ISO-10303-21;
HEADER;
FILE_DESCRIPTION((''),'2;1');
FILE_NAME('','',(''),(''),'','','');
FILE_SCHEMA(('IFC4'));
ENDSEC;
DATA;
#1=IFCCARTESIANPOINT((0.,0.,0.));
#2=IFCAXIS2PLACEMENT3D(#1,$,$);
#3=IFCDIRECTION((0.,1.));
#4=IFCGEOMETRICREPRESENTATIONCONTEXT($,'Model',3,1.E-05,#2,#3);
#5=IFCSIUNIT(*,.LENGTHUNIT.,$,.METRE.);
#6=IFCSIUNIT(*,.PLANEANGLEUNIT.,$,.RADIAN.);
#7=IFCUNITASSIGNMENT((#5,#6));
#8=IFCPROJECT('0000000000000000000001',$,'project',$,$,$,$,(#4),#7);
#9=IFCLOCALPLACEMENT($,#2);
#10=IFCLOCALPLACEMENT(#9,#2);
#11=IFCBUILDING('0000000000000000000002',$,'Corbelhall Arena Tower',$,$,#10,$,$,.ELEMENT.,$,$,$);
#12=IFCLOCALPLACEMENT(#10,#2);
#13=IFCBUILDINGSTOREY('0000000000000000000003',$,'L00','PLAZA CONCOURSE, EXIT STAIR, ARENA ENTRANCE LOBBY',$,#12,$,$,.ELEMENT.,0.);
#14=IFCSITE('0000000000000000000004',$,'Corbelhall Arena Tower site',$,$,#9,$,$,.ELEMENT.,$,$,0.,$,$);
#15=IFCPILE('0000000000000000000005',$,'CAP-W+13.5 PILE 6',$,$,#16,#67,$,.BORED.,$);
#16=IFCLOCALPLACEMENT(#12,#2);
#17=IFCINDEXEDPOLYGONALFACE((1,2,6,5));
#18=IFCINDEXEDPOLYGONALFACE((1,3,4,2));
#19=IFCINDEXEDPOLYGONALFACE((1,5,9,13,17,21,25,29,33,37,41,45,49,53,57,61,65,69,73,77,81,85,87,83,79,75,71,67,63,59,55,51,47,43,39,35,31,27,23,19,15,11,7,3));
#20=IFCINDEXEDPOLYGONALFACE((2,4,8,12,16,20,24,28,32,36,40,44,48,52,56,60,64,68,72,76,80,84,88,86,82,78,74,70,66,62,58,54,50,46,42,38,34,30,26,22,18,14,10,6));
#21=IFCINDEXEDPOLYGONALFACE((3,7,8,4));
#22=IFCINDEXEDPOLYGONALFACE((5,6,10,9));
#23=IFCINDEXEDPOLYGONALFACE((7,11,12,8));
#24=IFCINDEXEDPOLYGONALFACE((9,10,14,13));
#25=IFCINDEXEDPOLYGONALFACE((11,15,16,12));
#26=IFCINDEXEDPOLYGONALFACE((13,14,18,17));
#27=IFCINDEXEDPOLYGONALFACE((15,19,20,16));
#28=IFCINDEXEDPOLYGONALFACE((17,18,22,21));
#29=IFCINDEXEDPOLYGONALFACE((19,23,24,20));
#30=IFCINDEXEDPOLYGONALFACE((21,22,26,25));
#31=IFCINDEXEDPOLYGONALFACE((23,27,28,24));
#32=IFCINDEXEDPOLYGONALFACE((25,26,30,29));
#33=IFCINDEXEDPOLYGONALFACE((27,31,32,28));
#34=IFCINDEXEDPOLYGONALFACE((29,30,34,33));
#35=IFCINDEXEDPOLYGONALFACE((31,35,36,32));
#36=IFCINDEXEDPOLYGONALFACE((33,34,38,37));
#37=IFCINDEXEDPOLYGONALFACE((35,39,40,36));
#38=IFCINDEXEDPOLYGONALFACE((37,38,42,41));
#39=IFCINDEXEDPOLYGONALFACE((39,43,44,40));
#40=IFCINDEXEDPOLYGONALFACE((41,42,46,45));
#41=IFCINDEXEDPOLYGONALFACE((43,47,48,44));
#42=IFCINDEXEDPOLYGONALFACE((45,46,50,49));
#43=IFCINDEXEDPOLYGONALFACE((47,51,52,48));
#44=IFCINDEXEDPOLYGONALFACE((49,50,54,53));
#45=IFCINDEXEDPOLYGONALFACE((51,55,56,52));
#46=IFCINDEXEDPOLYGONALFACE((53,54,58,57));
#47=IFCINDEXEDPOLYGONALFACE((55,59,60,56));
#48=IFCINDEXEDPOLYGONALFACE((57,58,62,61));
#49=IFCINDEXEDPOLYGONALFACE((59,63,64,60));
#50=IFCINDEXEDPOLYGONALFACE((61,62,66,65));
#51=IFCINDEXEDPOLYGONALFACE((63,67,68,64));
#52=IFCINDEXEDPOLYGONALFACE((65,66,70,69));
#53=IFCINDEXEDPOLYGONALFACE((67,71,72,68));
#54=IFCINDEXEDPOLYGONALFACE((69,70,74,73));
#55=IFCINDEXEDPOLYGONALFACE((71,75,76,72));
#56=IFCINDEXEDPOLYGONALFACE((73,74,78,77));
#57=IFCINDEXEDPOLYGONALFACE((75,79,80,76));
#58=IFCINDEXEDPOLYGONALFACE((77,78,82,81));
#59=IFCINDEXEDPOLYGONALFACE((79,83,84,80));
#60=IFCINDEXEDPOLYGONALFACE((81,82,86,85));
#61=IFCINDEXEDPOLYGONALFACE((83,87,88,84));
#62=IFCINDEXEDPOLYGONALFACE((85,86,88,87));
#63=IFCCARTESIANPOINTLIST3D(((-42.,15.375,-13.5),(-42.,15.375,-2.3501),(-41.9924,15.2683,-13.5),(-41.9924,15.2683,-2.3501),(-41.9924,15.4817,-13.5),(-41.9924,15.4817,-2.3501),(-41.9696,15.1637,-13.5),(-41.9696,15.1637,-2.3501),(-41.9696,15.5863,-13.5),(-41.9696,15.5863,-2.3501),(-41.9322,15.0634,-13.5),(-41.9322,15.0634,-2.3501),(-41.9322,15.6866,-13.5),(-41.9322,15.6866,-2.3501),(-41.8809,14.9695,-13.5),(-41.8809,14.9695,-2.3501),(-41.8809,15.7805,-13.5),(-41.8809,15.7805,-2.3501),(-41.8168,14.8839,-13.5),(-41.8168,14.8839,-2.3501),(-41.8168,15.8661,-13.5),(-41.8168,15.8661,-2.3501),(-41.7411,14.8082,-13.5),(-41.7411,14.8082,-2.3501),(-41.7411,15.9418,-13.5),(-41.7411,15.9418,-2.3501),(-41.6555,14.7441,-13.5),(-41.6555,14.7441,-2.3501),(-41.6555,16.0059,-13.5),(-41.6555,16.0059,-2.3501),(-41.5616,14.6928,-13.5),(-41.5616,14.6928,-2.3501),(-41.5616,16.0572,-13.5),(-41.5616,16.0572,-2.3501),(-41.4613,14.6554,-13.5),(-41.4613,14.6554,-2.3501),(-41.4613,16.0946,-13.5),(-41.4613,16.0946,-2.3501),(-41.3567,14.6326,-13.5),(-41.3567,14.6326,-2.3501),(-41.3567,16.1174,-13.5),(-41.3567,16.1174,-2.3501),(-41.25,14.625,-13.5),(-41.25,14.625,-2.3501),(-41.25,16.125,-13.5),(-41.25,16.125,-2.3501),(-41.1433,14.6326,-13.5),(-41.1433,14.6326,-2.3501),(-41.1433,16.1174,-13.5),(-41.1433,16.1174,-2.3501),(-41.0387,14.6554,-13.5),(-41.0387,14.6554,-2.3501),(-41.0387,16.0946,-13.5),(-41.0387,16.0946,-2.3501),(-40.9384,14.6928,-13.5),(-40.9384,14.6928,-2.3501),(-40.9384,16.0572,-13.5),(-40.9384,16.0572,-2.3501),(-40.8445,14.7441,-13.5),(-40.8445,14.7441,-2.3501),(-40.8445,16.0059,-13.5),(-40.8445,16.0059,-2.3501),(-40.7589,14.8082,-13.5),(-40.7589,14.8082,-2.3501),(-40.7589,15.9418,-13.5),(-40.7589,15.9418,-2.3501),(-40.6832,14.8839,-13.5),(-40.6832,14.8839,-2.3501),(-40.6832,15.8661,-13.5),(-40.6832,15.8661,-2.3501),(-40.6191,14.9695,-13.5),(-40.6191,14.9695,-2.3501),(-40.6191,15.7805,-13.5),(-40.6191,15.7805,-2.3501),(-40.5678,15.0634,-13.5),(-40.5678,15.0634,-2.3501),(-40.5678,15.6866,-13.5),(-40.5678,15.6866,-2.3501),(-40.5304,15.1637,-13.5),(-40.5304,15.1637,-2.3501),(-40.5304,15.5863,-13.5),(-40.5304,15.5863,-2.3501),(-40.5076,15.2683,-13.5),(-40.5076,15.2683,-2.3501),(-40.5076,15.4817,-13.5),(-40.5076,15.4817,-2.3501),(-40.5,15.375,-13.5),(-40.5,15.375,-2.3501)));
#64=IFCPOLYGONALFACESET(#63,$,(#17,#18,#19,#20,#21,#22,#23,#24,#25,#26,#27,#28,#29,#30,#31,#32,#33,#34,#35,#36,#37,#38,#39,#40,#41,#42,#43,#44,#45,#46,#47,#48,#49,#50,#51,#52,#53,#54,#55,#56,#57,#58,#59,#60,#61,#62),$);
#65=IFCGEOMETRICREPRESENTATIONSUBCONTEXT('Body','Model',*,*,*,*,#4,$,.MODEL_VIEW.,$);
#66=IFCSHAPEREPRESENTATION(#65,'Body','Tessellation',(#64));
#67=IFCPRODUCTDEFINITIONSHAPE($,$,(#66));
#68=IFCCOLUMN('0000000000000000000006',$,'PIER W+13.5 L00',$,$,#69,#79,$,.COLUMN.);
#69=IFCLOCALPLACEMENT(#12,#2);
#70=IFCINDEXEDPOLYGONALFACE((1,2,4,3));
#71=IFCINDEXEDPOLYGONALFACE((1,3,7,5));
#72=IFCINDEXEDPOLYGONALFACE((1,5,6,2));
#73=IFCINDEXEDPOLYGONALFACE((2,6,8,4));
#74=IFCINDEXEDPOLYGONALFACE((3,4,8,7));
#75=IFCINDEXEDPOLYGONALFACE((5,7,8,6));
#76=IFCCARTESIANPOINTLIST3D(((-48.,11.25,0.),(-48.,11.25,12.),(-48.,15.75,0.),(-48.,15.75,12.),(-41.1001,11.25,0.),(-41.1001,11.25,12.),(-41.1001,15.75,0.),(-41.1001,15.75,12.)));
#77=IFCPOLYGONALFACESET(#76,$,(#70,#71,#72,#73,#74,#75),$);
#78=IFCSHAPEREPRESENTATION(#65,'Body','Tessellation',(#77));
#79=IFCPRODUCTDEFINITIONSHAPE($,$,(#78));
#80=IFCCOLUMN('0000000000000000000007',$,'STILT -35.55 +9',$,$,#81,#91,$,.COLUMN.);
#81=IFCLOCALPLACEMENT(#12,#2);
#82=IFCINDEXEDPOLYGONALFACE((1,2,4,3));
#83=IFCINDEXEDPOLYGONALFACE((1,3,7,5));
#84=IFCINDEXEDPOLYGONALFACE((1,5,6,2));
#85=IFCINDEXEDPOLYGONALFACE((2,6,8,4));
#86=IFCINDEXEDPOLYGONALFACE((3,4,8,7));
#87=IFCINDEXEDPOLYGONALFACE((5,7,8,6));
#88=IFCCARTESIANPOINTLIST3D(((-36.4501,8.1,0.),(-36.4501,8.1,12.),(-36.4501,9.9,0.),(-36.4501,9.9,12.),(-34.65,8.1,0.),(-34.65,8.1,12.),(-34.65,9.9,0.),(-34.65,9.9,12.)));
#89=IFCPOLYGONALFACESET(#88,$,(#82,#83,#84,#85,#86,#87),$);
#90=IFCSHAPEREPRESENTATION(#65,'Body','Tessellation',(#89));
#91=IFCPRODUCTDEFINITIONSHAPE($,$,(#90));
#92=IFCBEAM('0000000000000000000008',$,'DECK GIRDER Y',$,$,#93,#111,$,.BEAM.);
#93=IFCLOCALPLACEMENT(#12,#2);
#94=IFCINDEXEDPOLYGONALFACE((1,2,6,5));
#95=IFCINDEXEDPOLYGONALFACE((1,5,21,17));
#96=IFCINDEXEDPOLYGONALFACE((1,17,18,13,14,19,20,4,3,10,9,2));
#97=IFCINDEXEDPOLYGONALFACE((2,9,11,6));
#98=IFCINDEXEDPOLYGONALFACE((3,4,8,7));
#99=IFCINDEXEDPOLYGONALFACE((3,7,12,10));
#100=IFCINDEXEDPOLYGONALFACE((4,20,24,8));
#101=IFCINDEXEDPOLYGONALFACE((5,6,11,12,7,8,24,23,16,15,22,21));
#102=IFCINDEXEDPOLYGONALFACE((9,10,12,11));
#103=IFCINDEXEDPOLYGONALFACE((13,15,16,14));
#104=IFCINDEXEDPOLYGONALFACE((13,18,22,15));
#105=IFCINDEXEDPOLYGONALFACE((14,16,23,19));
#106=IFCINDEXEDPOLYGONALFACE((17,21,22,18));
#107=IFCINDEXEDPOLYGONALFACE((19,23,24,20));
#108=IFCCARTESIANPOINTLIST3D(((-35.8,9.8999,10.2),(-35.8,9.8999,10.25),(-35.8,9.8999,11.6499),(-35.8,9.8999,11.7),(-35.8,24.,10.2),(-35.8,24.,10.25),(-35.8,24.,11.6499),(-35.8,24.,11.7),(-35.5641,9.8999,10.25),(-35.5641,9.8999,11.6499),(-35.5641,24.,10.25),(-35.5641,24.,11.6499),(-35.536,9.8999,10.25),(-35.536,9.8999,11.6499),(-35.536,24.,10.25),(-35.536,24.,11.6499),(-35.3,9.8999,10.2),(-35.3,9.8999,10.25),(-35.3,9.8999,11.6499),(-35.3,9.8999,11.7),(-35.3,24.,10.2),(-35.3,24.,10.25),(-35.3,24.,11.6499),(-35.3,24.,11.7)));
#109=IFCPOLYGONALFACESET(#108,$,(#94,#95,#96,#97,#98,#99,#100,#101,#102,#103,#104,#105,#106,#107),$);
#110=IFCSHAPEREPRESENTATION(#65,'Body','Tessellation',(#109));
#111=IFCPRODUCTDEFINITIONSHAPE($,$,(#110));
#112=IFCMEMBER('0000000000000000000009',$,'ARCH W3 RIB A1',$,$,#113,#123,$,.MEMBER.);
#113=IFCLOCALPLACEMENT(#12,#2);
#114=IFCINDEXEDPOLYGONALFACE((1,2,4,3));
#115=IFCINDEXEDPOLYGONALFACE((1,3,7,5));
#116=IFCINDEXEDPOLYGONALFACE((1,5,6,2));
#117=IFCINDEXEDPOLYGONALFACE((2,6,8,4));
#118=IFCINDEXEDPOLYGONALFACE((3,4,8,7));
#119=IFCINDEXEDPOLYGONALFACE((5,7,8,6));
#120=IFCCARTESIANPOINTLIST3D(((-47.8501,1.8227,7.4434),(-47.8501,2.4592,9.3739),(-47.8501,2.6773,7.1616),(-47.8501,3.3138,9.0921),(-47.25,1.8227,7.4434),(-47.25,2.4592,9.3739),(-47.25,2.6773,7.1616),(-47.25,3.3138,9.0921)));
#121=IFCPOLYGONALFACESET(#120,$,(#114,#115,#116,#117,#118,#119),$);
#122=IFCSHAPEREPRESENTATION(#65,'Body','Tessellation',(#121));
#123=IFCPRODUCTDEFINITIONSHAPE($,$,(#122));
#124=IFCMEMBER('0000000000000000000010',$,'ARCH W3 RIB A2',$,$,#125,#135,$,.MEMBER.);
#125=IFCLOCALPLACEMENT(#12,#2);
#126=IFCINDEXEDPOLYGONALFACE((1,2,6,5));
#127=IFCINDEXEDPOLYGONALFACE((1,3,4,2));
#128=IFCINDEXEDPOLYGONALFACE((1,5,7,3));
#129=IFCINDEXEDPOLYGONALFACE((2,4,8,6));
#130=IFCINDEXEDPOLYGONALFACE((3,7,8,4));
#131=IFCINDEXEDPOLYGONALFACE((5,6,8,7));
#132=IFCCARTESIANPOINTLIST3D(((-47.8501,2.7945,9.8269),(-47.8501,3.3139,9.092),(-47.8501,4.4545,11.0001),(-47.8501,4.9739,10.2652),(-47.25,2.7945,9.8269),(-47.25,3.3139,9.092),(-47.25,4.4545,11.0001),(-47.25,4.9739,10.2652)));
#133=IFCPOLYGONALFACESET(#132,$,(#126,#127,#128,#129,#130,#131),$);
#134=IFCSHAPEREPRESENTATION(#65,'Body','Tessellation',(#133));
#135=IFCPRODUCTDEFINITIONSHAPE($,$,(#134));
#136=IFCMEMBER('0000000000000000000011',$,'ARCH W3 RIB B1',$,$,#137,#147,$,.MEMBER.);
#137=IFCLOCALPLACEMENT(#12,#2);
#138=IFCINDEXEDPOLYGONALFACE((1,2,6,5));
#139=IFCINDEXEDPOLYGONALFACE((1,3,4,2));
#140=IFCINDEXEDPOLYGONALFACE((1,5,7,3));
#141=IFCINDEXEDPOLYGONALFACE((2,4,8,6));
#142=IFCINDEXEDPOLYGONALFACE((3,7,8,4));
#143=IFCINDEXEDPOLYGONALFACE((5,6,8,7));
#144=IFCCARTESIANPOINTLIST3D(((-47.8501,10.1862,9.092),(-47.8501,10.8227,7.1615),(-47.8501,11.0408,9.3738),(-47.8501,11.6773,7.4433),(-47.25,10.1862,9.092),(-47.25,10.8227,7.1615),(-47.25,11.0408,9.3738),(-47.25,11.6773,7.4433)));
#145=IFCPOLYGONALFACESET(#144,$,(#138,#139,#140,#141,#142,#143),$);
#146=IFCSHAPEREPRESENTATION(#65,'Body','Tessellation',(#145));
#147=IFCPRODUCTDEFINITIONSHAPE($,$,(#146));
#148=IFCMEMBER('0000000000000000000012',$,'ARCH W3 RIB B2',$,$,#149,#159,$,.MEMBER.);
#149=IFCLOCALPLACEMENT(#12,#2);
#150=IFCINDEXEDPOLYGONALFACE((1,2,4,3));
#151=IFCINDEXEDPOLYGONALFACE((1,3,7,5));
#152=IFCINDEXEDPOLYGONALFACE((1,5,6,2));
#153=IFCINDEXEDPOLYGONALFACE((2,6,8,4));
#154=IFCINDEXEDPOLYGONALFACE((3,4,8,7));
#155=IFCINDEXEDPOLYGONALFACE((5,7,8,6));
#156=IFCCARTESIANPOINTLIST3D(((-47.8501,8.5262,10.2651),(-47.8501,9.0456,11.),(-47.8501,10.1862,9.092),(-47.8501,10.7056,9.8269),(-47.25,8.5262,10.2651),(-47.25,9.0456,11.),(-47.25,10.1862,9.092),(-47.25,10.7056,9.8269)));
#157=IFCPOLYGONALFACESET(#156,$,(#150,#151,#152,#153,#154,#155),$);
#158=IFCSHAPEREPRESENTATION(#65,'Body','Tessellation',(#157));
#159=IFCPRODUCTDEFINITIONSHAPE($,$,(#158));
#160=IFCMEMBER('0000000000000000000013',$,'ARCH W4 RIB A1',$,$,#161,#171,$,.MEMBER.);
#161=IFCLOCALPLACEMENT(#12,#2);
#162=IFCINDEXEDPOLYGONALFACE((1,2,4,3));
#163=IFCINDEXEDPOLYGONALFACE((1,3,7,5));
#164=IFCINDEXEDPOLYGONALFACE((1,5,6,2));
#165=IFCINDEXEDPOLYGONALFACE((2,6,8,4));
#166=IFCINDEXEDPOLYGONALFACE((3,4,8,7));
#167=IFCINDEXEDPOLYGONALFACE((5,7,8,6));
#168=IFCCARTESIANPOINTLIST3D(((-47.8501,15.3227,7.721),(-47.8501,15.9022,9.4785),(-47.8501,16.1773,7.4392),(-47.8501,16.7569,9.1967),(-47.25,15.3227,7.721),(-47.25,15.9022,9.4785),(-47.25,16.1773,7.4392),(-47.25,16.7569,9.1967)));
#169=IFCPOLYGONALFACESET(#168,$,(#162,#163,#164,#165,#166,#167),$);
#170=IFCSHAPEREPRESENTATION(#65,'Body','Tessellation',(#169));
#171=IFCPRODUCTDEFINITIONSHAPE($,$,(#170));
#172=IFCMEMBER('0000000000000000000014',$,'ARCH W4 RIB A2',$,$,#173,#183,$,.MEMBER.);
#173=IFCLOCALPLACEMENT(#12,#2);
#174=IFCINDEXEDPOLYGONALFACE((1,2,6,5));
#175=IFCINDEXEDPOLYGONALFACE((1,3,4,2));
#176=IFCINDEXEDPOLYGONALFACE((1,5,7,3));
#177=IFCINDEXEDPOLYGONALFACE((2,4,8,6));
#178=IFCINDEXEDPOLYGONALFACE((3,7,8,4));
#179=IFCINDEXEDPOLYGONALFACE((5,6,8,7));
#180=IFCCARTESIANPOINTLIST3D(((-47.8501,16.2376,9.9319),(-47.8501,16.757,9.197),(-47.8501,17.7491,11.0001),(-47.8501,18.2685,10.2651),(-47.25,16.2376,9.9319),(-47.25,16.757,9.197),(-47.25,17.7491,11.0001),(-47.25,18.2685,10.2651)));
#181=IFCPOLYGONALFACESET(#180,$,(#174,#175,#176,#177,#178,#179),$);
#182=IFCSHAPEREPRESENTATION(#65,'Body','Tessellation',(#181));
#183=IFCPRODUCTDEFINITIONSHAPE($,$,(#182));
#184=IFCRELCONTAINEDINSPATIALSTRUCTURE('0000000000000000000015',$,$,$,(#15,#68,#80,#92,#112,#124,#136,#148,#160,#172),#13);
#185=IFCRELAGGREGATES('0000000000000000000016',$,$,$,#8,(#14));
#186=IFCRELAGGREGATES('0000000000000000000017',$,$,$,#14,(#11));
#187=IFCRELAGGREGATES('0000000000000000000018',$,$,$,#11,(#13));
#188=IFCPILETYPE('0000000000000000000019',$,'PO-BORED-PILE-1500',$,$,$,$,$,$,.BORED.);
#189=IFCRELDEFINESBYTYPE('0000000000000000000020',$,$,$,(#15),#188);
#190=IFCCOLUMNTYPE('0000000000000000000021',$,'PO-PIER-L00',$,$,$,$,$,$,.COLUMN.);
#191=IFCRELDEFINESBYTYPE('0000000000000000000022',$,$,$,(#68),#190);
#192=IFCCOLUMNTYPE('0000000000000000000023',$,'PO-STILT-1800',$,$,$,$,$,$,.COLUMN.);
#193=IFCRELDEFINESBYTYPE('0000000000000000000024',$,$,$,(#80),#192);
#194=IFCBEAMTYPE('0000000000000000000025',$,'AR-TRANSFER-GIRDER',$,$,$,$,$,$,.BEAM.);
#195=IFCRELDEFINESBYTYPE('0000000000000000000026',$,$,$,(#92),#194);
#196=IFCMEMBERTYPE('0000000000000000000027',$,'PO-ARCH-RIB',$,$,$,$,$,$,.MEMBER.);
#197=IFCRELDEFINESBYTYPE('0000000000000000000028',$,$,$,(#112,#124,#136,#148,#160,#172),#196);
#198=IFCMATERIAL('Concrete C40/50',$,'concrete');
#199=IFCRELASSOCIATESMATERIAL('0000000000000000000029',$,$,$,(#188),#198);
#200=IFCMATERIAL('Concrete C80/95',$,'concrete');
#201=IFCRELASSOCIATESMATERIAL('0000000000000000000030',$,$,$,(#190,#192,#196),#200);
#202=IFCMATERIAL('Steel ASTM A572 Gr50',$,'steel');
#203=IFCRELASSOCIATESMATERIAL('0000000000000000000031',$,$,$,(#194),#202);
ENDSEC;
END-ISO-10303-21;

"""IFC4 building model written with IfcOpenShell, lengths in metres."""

from ifc_helpers import new_model, si_unit, direction, frame, origin, origin_2d, place, context, subcontext, project, spatial, rectangle, circle, i_section, extrude, material, material_profile, profile_set, type_object, element, save


model = new_model("IFC4")

# Units and contexts
model_context = context("Model", 3, precision=1e-05, world=origin(), true_north=direction((0.0, 1.0)))
body_context = subcontext(model_context, "Body", "Model", "MODEL_VIEW")
ifc_project = project(units=[si_unit("LENGTHUNIT", "METRE"), si_unit("PLANEANGLEUNIT", "RADIAN")], contexts=[model_context])

# Site, building, storey
site_placement = place(None, origin())
site = spatial("IfcSite", under=ifc_project, at=site_placement, Name="Corbelhall Arena Tower site", CompositionType="ELEMENT", RefElevation=0.0)
building_placement = place(site_placement, origin())
building = spatial("IfcBuilding", under=site, at=building_placement, Name="Corbelhall Arena Tower", CompositionType="ELEMENT")
storey_placement = place(building_placement, origin())
storey = spatial("IfcBuildingStorey", under=building, at=storey_placement, Name="L00", Description="PLAZA CONCOURSE, EXIT STAIR, ARENA ENTRANCE LOBBY", CompositionType="ELEMENT", Elevation=0.0)

# Pile
ifc_material_1 = material(Name="Concrete C40/50", Category="concrete")
ifc_material_profile_1 = material_profile(ifc_material_1, circle(Radius=0.75, at=origin_2d()))
ifc_profile_set_1 = profile_set([ifc_material_profile_1], Name="Concrete C40/50")
pile_type_1 = type_object("IfcPileType", Name="PO-BORED-PILE-1500", PredefinedType="BORED", material=ifc_profile_set_1)
for number, where, z_axis, x_axis, name in (
    (1, (-41.25, 15.375, -2.3501), (0.0, 0.0, -1.0), (1.0, 0.0, 0.0), "CAP-W+13.5 PILE 6"),
):
    element("IfcPile", number, at=place(storey_placement, frame(where, z_axis=z_axis, x_axis=x_axis)), inside=storey, type_object=pile_type_1, Name=name, PredefinedType="BORED", context=body_context, shape_type="SweptSolid", body=[
        extrude(circle(Radius=0.75, at=origin_2d()), origin(), (0.0, 0.0, 1.0), 11.1499),
    ])

# Columns
ifc_material_2 = material(Name="Concrete C80/95", Category="concrete")
ifc_material_profile_2 = material_profile(ifc_material_2, rectangle(XDim=4.5, YDim=6.8999, at=origin_2d()))
ifc_profile_set_2 = profile_set([ifc_material_profile_2], Name="Concrete C80/95")
column_type_1 = type_object("IfcColumnType", Name="PO-PIER-L00", PredefinedType="COLUMN", material=ifc_profile_set_2)
column_1_placement = place(storey_placement, frame((-44.55, 13.5, 0.0), z_axis=(0.0, 0.0, 1.0), x_axis=(0.0, 1.0, 0.0)))
element("IfcColumn", 2, at=column_1_placement, inside=storey, type_object=column_type_1, Name="PIER W+13.5 L00", PredefinedType="COLUMN", context=body_context, shape_type="SweptSolid", body=[
    extrude(rectangle(XDim=4.5, YDim=6.8999, at=origin_2d()), origin(), (0.0, 0.0, 1.0), 12.0),
])
ifc_material_profile_3 = material_profile(ifc_material_2, rectangle(XDim=1.8, YDim=1.8, at=origin_2d()))
ifc_profile_set_3 = profile_set([ifc_material_profile_3], Name="Concrete C80/95")
column_type_2 = type_object("IfcColumnType", Name="PO-STILT-1800", PredefinedType="COLUMN", material=ifc_profile_set_3)
column_2_placement = place(storey_placement, frame((-35.55, 9.0, 0.0), z_axis=(0.0, 0.0, 1.0), x_axis=(1.0, 0.0, 0.0)))
element("IfcColumn", 3, at=column_2_placement, inside=storey, type_object=column_type_2, Name="STILT -35.55 +9", PredefinedType="COLUMN", context=body_context, shape_type="SweptSolid", body=[
    extrude(rectangle(XDim=1.8, YDim=1.8, at=origin_2d()), origin(), (0.0, 0.0, 1.0), 12.0),
])

# Beam
ifc_material_3 = material(Name="Steel ASTM A572 Gr50", Category="steel")
ifc_material_profile_4 = material_profile(ifc_material_3, i_section(OverallWidth=0.5, OverallDepth=1.5, WebThickness=0.0281, FlangeThickness=0.05, at=origin_2d()))
ifc_profile_set_4 = profile_set([ifc_material_profile_4], Name="Steel ASTM A572 Gr50")
beam_type_1 = type_object("IfcBeamType", Name="AR-TRANSFER-GIRDER", PredefinedType="BEAM", material=ifc_profile_set_4)
beam_1_placement = place(storey_placement, frame((-35.55, 9.8999, 10.95), z_axis=(0.0, 1.0, 0.0), x_axis=(-1.0, 0.0, 0.0)))
element("IfcBeam", 4, at=beam_1_placement, inside=storey, type_object=beam_type_1, Name="DECK GIRDER Y", PredefinedType="BEAM", context=body_context, shape_type="SweptSolid", body=[
    extrude(i_section(OverallWidth=0.5, OverallDepth=1.5, WebThickness=0.0281, FlangeThickness=0.05, at=origin_2d()), origin(), (0.0, 0.0, 1.0), 14.1001),
])

# Members
ifc_material_profile_5 = material_profile(ifc_material_2, rectangle(XDim=0.6001, YDim=0.8999, at=origin_2d()))
ifc_profile_set_5 = profile_set([ifc_material_profile_5], Name="Concrete C80/95")
member_type = type_object("IfcMemberType", Name="PO-ARCH-RIB", PredefinedType="MEMBER", material=ifc_profile_set_5)
for number, where, z_axis, x_axis, name in (
    (5, (-47.55, 2.25, 7.3025), (0.0, 0.313127, 0.949711), (-1.0, 0.0, 0.0), "ARCH W3 RIB A1"),
    (6, (-47.55, 3.0542, 9.4595), (0.0, 0.816645, 0.577141), (-1.0, 0.0, 0.0), "ARCH W3 RIB A2"),
    (7, (-47.55, 10.6135, 9.2329), (0.0, 0.313127, -0.949711), (-1.0, 0.0, 0.0), "ARCH W3 RIB B1"),
    (8, (-47.55, 8.7859, 10.6326), (0.0, 0.816645, -0.577141), (-1.0, 0.0, 0.0), "ARCH W3 RIB B2"),
):
    element("IfcMember", number, at=place(storey_placement, frame(where, z_axis=z_axis, x_axis=x_axis)), inside=storey, type_object=member_type, Name=name, PredefinedType="MEMBER", context=body_context, shape_type="SweptSolid", body=[
        extrude(rectangle(XDim=0.6001, YDim=0.8999, at=origin_2d()), origin(), (0.0, 0.0, 1.0), 2.0327),
    ])
member_1_placement = place(storey_placement, frame((-47.55, 15.75, 7.5801), z_axis=(0.0, 0.313179, 0.949694), x_axis=(-1.0, 0.0, 0.0)))
element("IfcMember", 9, at=member_1_placement, inside=storey, type_object=member_type, Name="ARCH W4 RIB A1", PredefinedType="MEMBER", context=body_context, shape_type="SweptSolid", body=[
    extrude(rectangle(XDim=0.6001, YDim=0.8999, at=origin_2d()), origin(), (0.0, 0.0, 1.0), 1.8506),
])
member_2_placement = place(storey_placement, frame((-47.55, 16.4973, 9.5645), z_axis=(0.0, 0.816664, 0.577113), x_axis=(-1.0, 0.0, 0.0)))
element("IfcMember", 10, at=member_2_placement, inside=storey, type_object=member_type, Name="ARCH W4 RIB A2", PredefinedType="MEMBER", context=body_context, shape_type="SweptSolid", body=[
    extrude(rectangle(XDim=0.6001, YDim=0.8999, at=origin_2d()), origin(), (0.0, 0.0, 1.0), 1.8508),
])

save(model, "model.ifc")
